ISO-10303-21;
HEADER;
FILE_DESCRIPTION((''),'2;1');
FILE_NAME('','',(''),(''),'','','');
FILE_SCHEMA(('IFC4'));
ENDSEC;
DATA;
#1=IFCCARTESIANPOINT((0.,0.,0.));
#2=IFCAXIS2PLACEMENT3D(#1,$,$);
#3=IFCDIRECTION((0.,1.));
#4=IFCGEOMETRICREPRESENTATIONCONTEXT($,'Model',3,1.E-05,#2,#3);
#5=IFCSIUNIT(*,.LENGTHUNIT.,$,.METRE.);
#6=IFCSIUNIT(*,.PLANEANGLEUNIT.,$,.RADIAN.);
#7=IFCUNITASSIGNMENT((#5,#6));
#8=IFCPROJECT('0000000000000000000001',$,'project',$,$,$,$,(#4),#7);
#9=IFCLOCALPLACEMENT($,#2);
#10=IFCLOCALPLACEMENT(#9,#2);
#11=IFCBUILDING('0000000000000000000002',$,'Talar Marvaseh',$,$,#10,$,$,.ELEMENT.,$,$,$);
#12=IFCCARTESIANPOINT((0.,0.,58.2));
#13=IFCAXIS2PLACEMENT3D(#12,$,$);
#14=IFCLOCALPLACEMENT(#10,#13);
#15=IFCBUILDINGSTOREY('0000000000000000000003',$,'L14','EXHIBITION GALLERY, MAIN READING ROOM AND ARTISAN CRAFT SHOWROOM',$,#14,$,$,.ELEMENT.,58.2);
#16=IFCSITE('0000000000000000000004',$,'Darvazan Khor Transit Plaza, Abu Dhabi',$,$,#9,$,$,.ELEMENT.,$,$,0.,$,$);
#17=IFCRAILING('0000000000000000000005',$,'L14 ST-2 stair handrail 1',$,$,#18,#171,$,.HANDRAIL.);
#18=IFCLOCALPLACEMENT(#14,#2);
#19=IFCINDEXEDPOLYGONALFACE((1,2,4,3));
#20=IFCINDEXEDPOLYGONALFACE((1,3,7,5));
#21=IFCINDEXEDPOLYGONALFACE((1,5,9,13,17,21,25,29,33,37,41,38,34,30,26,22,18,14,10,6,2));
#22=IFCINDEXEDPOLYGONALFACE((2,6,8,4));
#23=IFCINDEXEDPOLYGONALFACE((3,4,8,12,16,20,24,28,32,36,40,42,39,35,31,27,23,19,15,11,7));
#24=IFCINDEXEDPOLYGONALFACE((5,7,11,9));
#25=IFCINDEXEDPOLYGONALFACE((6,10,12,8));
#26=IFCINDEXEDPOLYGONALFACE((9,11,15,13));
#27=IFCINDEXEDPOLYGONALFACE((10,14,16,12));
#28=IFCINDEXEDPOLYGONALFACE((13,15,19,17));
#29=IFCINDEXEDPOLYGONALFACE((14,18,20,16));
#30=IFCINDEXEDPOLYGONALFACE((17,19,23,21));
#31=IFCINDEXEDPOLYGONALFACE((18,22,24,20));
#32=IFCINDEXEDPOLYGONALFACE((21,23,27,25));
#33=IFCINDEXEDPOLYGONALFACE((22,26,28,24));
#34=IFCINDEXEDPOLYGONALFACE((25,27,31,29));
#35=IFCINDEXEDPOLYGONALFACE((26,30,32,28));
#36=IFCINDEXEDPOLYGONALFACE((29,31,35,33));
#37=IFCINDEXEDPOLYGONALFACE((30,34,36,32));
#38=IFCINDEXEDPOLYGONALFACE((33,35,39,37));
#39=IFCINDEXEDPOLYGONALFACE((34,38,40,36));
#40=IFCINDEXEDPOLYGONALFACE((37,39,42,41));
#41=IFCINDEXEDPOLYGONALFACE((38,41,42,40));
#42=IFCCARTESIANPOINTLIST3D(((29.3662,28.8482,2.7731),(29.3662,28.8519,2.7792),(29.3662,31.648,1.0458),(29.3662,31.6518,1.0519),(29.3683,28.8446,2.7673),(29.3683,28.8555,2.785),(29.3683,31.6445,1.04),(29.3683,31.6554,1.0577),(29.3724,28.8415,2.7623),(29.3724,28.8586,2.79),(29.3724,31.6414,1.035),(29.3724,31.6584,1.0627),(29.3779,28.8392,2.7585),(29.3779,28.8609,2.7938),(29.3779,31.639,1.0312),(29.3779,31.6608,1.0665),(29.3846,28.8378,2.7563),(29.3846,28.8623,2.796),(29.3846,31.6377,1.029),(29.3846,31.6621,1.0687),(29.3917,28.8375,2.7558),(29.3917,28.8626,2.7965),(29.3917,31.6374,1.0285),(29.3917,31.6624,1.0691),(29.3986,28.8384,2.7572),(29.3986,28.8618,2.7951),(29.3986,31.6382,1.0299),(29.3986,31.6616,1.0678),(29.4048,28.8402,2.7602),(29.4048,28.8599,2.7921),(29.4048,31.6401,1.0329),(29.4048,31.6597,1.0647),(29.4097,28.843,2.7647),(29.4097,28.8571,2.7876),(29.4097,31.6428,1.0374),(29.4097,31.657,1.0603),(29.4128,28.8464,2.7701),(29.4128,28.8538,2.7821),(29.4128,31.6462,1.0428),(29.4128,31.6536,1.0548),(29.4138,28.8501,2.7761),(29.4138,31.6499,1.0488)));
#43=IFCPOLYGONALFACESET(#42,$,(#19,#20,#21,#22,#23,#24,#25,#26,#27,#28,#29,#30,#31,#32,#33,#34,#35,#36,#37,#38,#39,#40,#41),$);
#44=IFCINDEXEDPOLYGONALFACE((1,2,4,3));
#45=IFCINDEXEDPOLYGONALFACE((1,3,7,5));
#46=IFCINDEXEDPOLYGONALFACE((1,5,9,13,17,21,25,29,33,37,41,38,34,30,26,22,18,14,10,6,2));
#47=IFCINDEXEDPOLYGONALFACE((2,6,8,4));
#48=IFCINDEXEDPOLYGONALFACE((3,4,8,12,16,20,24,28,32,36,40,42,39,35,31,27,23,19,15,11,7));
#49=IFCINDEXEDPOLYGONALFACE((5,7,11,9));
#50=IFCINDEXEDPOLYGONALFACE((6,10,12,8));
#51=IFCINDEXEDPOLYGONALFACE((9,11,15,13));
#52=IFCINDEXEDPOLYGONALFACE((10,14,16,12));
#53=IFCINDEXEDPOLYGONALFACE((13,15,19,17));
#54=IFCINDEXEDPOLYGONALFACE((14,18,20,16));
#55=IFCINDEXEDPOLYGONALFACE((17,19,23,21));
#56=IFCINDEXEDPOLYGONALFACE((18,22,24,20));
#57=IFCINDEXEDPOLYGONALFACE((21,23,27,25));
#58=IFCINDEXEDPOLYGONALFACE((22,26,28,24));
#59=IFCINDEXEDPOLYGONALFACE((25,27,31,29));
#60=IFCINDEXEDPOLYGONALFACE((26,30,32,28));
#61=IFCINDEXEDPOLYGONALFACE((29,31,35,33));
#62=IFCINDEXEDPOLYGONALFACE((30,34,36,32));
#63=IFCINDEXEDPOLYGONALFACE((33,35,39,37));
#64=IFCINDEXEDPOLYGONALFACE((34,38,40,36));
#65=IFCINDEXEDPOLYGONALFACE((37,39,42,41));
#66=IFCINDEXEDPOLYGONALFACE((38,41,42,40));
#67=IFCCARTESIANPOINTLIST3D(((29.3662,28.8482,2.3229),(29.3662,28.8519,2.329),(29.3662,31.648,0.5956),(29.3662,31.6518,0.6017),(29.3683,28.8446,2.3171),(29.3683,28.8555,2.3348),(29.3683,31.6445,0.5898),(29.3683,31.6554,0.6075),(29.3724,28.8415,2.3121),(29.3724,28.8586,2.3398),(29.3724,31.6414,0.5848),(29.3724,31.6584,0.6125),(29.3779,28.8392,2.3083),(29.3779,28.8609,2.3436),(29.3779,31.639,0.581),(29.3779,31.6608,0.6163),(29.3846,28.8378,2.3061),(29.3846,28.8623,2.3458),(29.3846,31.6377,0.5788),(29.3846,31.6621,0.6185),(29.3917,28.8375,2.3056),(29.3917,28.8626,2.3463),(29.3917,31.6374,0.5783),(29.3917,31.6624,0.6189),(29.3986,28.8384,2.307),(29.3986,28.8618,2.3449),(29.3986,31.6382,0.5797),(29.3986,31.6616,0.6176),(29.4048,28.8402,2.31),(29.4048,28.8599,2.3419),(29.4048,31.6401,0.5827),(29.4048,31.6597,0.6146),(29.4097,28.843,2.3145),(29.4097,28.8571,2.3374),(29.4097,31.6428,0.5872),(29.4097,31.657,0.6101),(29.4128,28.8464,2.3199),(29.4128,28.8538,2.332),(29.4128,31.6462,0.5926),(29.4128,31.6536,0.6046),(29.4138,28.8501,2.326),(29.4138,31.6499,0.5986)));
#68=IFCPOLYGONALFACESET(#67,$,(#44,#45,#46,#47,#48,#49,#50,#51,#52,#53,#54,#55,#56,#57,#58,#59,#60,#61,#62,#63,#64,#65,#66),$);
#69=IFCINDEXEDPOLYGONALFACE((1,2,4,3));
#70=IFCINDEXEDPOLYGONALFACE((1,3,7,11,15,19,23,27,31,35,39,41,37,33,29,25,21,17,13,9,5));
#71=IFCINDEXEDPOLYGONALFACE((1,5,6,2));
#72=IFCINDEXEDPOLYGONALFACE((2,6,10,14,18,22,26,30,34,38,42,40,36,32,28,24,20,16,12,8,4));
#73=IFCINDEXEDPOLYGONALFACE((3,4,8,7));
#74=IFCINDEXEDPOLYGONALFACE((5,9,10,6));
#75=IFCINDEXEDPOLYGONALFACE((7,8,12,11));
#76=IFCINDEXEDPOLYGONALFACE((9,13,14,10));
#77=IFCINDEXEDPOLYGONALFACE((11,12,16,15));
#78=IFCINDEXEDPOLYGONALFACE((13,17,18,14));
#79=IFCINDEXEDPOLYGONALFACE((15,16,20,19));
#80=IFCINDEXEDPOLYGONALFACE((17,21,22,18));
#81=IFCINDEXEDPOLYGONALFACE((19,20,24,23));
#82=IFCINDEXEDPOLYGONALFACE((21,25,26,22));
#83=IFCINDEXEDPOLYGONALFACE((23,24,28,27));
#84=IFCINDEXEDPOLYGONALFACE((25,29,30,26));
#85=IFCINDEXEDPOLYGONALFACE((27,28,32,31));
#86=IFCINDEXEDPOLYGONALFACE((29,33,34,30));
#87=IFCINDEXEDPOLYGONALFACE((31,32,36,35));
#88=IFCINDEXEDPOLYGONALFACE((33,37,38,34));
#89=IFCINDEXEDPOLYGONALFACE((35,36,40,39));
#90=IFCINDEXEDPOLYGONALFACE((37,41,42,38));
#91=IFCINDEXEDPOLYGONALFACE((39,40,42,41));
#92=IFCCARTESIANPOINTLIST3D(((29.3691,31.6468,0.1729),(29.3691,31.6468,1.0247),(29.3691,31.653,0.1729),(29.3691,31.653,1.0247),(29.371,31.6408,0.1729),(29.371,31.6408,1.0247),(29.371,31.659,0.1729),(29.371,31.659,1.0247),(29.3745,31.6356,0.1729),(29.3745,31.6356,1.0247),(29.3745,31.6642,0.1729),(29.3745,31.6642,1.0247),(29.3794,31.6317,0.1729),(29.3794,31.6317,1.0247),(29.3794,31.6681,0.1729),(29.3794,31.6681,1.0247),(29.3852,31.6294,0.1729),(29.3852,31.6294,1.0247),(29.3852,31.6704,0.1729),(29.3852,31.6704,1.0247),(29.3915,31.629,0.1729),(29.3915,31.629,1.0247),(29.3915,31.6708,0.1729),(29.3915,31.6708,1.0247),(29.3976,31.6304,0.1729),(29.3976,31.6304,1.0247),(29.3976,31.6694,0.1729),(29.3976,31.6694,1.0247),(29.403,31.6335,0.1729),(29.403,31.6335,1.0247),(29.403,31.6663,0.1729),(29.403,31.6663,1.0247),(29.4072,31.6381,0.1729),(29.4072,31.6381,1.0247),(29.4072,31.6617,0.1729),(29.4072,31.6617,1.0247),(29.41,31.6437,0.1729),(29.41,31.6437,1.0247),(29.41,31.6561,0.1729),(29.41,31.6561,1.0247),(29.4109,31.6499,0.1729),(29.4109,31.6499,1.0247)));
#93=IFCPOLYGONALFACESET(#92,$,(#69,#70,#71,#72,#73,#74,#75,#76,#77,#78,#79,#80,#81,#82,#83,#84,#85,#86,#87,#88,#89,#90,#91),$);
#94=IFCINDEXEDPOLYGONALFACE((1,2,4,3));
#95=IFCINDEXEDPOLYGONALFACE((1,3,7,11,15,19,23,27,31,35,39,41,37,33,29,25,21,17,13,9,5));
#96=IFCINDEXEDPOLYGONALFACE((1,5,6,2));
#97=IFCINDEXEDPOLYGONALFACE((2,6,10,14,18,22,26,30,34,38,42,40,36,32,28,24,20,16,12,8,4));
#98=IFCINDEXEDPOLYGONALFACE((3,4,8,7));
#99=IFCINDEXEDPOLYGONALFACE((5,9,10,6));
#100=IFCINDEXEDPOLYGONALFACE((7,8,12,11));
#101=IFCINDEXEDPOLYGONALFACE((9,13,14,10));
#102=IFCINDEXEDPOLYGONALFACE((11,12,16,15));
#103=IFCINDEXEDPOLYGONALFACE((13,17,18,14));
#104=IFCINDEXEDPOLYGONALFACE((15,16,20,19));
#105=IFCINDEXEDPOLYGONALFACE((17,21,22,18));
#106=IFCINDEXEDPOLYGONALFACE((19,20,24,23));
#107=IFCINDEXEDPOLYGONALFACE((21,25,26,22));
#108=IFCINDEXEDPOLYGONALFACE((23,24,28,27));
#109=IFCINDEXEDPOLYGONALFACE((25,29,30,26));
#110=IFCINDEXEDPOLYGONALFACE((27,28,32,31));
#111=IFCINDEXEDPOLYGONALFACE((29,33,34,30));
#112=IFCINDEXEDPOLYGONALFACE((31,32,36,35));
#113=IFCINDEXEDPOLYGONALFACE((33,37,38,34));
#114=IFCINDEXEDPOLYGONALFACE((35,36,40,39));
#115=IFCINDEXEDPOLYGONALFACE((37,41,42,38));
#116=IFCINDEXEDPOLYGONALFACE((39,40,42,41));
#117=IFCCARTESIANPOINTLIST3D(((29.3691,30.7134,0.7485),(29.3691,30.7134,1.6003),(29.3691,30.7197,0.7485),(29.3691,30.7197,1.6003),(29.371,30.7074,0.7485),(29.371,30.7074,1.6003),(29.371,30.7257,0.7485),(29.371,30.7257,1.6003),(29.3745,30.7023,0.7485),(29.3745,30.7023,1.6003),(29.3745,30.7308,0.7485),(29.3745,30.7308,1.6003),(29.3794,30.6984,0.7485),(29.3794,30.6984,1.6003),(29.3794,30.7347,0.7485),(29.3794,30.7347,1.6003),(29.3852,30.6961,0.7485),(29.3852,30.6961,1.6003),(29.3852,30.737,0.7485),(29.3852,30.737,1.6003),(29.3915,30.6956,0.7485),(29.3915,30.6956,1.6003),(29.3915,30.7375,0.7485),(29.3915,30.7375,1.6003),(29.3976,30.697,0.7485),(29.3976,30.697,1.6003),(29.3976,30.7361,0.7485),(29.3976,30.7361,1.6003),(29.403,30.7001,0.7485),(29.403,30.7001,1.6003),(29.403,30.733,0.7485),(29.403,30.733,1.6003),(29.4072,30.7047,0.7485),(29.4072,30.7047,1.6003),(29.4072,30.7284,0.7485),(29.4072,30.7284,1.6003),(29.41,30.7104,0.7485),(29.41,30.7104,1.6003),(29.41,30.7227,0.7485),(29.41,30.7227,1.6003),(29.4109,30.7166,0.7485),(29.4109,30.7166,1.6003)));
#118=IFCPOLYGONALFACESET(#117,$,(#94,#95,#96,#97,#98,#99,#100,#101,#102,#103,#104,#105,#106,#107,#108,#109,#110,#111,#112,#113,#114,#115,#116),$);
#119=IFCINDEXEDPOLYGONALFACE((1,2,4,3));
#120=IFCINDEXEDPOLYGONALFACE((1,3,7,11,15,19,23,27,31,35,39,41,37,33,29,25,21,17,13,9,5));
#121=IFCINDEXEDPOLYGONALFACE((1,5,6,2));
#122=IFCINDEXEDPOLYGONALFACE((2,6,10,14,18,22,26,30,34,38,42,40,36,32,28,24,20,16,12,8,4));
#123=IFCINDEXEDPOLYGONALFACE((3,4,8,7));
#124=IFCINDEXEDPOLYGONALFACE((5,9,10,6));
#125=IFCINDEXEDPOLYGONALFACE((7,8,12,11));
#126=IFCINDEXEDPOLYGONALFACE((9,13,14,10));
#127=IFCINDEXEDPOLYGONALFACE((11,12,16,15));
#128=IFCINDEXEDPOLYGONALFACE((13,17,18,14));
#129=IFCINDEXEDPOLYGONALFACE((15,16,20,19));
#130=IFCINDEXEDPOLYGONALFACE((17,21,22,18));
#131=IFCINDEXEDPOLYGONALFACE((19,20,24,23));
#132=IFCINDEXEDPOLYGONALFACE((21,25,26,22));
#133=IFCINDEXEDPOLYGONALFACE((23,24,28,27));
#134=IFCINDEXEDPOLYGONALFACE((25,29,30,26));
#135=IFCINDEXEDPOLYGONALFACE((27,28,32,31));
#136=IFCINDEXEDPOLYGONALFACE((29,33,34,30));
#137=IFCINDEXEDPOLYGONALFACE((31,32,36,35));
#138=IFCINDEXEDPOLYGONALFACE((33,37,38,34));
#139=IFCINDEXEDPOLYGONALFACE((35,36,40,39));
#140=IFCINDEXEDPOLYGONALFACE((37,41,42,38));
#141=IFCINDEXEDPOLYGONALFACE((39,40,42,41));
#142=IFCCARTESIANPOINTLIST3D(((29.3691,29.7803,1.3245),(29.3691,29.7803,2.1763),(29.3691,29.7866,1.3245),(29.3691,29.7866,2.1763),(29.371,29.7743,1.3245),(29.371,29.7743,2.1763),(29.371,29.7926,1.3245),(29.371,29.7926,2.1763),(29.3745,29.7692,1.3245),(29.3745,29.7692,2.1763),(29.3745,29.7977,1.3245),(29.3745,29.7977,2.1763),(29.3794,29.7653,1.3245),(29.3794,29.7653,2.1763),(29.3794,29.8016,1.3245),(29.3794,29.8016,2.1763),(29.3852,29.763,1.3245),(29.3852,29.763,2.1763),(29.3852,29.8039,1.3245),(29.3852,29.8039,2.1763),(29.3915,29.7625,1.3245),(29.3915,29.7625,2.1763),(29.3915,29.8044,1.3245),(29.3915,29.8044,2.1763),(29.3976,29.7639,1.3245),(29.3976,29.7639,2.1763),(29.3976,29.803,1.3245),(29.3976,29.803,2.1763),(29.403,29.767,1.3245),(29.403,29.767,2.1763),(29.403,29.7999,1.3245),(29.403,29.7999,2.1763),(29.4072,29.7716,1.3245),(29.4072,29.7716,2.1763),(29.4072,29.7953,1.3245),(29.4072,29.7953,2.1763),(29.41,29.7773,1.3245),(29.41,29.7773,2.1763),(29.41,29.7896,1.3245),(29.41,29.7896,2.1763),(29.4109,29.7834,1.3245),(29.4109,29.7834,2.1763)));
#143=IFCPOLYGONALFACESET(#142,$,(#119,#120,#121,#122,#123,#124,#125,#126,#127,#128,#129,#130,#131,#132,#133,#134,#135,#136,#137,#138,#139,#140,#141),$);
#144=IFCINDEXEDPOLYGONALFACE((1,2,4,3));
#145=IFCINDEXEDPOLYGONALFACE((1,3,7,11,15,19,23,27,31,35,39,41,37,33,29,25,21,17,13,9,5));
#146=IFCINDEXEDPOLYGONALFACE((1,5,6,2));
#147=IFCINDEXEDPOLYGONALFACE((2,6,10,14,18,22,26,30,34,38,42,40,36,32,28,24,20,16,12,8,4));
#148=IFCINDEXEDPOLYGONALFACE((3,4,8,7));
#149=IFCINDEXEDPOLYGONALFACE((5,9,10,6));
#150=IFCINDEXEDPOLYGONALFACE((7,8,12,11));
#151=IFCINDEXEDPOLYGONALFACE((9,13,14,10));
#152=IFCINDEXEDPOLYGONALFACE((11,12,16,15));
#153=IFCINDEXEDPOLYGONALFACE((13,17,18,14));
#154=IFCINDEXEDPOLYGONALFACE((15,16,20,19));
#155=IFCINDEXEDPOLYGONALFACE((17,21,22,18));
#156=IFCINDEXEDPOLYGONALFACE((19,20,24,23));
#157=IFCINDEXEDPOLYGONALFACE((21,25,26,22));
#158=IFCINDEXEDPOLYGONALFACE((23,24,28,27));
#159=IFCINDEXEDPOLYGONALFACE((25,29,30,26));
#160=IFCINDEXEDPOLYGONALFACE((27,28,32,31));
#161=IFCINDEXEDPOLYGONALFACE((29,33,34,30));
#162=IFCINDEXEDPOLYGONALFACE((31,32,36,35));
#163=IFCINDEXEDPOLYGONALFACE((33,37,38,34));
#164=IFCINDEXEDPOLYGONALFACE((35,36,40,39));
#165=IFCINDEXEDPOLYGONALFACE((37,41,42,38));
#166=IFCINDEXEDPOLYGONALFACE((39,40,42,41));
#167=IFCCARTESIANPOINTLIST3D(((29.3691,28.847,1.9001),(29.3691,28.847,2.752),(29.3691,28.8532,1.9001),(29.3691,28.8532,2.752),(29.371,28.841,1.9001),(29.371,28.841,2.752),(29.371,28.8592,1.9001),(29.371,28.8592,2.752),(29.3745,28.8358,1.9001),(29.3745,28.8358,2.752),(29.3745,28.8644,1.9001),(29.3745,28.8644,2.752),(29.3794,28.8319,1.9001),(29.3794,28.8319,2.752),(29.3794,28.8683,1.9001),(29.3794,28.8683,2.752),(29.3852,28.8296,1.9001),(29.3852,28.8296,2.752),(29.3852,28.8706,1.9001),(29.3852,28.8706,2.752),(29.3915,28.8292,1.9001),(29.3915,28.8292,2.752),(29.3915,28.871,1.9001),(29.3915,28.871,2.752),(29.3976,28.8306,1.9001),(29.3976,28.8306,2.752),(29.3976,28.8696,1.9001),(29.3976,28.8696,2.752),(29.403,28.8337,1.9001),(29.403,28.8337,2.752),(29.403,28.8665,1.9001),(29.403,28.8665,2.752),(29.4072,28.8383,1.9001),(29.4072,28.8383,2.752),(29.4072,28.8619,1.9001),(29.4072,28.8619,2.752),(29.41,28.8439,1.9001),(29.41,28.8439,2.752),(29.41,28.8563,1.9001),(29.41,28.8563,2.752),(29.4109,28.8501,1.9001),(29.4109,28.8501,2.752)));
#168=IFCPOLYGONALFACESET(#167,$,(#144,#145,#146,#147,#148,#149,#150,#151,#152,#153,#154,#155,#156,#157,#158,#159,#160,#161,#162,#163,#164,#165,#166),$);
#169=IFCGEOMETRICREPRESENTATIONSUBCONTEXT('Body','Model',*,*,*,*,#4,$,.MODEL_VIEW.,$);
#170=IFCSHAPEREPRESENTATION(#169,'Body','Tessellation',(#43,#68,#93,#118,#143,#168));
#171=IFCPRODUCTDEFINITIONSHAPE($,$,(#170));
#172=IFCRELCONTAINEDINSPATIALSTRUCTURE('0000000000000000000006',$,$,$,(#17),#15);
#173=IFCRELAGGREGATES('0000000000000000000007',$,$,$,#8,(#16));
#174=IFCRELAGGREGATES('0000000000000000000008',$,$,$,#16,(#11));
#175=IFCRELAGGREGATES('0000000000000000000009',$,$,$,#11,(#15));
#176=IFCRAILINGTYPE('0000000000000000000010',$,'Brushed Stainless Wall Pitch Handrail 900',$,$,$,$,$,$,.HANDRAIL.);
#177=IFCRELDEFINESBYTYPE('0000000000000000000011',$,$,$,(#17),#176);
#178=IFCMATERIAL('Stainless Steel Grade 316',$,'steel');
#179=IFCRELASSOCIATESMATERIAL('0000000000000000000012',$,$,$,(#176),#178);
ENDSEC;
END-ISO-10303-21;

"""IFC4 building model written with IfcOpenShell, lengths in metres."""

from ifc_helpers import new_model, si_unit, direction, frame, origin, origin_2d, place, context, subcontext, project, spatial, circle, extrude, material, type_object, element, save


model = new_model("IFC4")

# Units and contexts
model_context = context("Model", 3, precision=1e-05, world=origin(), true_north=direction((0.0, 1.0)))
body_context = subcontext(model_context, "Body", "Model", "MODEL_VIEW")
ifc_project = project(units=[si_unit("LENGTHUNIT", "METRE"), si_unit("PLANEANGLEUNIT", "RADIAN")], contexts=[model_context])

# Site, building, storey
site_placement = place(None, origin())
site = spatial("IfcSite", under=ifc_project, at=site_placement, Name="Darvazan Khor Transit Plaza, Abu Dhabi", CompositionType="ELEMENT", RefElevation=0.0)
building_placement = place(site_placement, origin())
building = spatial("IfcBuilding", under=site, at=building_placement, Name="Talar Marvaseh", CompositionType="ELEMENT")
storey_placement = place(building_placement, frame((0.0, 0.0, 58.2)))
storey = spatial("IfcBuildingStorey", under=building, at=storey_placement, Name="L14", Description="EXHIBITION GALLERY, MAIN READING ROOM AND ARTISAN CRAFT SHOWROOM", CompositionType="ELEMENT", Elevation=58.2)

# Railing
ifc_material_1 = material(Name="Stainless Steel Grade 316", Category="steel")
railing_type_1 = type_object("IfcRailingType", Name="Brushed Stainless Wall Pitch Handrail 900", PredefinedType="HANDRAIL", material=ifc_material_1)
railing_1_placement = place(storey_placement, frame((29.3899, 31.6499, 0.1729)))
element("IfcRailing", 1, at=railing_1_placement, inside=storey, type_object=railing_type_1, Name="L14 ST-2 stair handrail 1", PredefinedType="HANDRAIL", context=body_context, shape_type="SweptSolid", body=[
    extrude(circle(Radius=0.0239, at=origin_2d()), frame((0.0, 0.0, 0.876), z_axis=(0.0, -0.851069, 0.525054), x_axis=(1.0, 0.0, 0.0)), (0.0, 0.0, 1.0), 3.2898),
    extrude(circle(Radius=0.0239, at=origin_2d()), frame((0.0, 0.0, 0.4258), z_axis=(0.0, -0.851069, 0.525054), x_axis=(1.0, 0.0, 0.0)), (0.0, 0.0, 1.0), 3.2898),
    extrude(circle(Radius=0.021, at=origin_2d()), origin(), (0.0, 0.0, 1.0), 0.8518),
    extrude(circle(Radius=0.021, at=origin_2d()), frame((0.0, -0.9333, 0.5757)), (0.0, 0.0, 1.0), 0.8518),
    extrude(circle(Radius=0.021, at=origin_2d()), frame((0.0, -1.8665, 1.1516)), (0.0, 0.0, 1.0), 0.8518),
    extrude(circle(Radius=0.021, at=origin_2d()), frame((0.0, -2.7998, 1.7273)), (0.0, 0.0, 1.0), 0.8518),
])

save(model, "model.ifc")
